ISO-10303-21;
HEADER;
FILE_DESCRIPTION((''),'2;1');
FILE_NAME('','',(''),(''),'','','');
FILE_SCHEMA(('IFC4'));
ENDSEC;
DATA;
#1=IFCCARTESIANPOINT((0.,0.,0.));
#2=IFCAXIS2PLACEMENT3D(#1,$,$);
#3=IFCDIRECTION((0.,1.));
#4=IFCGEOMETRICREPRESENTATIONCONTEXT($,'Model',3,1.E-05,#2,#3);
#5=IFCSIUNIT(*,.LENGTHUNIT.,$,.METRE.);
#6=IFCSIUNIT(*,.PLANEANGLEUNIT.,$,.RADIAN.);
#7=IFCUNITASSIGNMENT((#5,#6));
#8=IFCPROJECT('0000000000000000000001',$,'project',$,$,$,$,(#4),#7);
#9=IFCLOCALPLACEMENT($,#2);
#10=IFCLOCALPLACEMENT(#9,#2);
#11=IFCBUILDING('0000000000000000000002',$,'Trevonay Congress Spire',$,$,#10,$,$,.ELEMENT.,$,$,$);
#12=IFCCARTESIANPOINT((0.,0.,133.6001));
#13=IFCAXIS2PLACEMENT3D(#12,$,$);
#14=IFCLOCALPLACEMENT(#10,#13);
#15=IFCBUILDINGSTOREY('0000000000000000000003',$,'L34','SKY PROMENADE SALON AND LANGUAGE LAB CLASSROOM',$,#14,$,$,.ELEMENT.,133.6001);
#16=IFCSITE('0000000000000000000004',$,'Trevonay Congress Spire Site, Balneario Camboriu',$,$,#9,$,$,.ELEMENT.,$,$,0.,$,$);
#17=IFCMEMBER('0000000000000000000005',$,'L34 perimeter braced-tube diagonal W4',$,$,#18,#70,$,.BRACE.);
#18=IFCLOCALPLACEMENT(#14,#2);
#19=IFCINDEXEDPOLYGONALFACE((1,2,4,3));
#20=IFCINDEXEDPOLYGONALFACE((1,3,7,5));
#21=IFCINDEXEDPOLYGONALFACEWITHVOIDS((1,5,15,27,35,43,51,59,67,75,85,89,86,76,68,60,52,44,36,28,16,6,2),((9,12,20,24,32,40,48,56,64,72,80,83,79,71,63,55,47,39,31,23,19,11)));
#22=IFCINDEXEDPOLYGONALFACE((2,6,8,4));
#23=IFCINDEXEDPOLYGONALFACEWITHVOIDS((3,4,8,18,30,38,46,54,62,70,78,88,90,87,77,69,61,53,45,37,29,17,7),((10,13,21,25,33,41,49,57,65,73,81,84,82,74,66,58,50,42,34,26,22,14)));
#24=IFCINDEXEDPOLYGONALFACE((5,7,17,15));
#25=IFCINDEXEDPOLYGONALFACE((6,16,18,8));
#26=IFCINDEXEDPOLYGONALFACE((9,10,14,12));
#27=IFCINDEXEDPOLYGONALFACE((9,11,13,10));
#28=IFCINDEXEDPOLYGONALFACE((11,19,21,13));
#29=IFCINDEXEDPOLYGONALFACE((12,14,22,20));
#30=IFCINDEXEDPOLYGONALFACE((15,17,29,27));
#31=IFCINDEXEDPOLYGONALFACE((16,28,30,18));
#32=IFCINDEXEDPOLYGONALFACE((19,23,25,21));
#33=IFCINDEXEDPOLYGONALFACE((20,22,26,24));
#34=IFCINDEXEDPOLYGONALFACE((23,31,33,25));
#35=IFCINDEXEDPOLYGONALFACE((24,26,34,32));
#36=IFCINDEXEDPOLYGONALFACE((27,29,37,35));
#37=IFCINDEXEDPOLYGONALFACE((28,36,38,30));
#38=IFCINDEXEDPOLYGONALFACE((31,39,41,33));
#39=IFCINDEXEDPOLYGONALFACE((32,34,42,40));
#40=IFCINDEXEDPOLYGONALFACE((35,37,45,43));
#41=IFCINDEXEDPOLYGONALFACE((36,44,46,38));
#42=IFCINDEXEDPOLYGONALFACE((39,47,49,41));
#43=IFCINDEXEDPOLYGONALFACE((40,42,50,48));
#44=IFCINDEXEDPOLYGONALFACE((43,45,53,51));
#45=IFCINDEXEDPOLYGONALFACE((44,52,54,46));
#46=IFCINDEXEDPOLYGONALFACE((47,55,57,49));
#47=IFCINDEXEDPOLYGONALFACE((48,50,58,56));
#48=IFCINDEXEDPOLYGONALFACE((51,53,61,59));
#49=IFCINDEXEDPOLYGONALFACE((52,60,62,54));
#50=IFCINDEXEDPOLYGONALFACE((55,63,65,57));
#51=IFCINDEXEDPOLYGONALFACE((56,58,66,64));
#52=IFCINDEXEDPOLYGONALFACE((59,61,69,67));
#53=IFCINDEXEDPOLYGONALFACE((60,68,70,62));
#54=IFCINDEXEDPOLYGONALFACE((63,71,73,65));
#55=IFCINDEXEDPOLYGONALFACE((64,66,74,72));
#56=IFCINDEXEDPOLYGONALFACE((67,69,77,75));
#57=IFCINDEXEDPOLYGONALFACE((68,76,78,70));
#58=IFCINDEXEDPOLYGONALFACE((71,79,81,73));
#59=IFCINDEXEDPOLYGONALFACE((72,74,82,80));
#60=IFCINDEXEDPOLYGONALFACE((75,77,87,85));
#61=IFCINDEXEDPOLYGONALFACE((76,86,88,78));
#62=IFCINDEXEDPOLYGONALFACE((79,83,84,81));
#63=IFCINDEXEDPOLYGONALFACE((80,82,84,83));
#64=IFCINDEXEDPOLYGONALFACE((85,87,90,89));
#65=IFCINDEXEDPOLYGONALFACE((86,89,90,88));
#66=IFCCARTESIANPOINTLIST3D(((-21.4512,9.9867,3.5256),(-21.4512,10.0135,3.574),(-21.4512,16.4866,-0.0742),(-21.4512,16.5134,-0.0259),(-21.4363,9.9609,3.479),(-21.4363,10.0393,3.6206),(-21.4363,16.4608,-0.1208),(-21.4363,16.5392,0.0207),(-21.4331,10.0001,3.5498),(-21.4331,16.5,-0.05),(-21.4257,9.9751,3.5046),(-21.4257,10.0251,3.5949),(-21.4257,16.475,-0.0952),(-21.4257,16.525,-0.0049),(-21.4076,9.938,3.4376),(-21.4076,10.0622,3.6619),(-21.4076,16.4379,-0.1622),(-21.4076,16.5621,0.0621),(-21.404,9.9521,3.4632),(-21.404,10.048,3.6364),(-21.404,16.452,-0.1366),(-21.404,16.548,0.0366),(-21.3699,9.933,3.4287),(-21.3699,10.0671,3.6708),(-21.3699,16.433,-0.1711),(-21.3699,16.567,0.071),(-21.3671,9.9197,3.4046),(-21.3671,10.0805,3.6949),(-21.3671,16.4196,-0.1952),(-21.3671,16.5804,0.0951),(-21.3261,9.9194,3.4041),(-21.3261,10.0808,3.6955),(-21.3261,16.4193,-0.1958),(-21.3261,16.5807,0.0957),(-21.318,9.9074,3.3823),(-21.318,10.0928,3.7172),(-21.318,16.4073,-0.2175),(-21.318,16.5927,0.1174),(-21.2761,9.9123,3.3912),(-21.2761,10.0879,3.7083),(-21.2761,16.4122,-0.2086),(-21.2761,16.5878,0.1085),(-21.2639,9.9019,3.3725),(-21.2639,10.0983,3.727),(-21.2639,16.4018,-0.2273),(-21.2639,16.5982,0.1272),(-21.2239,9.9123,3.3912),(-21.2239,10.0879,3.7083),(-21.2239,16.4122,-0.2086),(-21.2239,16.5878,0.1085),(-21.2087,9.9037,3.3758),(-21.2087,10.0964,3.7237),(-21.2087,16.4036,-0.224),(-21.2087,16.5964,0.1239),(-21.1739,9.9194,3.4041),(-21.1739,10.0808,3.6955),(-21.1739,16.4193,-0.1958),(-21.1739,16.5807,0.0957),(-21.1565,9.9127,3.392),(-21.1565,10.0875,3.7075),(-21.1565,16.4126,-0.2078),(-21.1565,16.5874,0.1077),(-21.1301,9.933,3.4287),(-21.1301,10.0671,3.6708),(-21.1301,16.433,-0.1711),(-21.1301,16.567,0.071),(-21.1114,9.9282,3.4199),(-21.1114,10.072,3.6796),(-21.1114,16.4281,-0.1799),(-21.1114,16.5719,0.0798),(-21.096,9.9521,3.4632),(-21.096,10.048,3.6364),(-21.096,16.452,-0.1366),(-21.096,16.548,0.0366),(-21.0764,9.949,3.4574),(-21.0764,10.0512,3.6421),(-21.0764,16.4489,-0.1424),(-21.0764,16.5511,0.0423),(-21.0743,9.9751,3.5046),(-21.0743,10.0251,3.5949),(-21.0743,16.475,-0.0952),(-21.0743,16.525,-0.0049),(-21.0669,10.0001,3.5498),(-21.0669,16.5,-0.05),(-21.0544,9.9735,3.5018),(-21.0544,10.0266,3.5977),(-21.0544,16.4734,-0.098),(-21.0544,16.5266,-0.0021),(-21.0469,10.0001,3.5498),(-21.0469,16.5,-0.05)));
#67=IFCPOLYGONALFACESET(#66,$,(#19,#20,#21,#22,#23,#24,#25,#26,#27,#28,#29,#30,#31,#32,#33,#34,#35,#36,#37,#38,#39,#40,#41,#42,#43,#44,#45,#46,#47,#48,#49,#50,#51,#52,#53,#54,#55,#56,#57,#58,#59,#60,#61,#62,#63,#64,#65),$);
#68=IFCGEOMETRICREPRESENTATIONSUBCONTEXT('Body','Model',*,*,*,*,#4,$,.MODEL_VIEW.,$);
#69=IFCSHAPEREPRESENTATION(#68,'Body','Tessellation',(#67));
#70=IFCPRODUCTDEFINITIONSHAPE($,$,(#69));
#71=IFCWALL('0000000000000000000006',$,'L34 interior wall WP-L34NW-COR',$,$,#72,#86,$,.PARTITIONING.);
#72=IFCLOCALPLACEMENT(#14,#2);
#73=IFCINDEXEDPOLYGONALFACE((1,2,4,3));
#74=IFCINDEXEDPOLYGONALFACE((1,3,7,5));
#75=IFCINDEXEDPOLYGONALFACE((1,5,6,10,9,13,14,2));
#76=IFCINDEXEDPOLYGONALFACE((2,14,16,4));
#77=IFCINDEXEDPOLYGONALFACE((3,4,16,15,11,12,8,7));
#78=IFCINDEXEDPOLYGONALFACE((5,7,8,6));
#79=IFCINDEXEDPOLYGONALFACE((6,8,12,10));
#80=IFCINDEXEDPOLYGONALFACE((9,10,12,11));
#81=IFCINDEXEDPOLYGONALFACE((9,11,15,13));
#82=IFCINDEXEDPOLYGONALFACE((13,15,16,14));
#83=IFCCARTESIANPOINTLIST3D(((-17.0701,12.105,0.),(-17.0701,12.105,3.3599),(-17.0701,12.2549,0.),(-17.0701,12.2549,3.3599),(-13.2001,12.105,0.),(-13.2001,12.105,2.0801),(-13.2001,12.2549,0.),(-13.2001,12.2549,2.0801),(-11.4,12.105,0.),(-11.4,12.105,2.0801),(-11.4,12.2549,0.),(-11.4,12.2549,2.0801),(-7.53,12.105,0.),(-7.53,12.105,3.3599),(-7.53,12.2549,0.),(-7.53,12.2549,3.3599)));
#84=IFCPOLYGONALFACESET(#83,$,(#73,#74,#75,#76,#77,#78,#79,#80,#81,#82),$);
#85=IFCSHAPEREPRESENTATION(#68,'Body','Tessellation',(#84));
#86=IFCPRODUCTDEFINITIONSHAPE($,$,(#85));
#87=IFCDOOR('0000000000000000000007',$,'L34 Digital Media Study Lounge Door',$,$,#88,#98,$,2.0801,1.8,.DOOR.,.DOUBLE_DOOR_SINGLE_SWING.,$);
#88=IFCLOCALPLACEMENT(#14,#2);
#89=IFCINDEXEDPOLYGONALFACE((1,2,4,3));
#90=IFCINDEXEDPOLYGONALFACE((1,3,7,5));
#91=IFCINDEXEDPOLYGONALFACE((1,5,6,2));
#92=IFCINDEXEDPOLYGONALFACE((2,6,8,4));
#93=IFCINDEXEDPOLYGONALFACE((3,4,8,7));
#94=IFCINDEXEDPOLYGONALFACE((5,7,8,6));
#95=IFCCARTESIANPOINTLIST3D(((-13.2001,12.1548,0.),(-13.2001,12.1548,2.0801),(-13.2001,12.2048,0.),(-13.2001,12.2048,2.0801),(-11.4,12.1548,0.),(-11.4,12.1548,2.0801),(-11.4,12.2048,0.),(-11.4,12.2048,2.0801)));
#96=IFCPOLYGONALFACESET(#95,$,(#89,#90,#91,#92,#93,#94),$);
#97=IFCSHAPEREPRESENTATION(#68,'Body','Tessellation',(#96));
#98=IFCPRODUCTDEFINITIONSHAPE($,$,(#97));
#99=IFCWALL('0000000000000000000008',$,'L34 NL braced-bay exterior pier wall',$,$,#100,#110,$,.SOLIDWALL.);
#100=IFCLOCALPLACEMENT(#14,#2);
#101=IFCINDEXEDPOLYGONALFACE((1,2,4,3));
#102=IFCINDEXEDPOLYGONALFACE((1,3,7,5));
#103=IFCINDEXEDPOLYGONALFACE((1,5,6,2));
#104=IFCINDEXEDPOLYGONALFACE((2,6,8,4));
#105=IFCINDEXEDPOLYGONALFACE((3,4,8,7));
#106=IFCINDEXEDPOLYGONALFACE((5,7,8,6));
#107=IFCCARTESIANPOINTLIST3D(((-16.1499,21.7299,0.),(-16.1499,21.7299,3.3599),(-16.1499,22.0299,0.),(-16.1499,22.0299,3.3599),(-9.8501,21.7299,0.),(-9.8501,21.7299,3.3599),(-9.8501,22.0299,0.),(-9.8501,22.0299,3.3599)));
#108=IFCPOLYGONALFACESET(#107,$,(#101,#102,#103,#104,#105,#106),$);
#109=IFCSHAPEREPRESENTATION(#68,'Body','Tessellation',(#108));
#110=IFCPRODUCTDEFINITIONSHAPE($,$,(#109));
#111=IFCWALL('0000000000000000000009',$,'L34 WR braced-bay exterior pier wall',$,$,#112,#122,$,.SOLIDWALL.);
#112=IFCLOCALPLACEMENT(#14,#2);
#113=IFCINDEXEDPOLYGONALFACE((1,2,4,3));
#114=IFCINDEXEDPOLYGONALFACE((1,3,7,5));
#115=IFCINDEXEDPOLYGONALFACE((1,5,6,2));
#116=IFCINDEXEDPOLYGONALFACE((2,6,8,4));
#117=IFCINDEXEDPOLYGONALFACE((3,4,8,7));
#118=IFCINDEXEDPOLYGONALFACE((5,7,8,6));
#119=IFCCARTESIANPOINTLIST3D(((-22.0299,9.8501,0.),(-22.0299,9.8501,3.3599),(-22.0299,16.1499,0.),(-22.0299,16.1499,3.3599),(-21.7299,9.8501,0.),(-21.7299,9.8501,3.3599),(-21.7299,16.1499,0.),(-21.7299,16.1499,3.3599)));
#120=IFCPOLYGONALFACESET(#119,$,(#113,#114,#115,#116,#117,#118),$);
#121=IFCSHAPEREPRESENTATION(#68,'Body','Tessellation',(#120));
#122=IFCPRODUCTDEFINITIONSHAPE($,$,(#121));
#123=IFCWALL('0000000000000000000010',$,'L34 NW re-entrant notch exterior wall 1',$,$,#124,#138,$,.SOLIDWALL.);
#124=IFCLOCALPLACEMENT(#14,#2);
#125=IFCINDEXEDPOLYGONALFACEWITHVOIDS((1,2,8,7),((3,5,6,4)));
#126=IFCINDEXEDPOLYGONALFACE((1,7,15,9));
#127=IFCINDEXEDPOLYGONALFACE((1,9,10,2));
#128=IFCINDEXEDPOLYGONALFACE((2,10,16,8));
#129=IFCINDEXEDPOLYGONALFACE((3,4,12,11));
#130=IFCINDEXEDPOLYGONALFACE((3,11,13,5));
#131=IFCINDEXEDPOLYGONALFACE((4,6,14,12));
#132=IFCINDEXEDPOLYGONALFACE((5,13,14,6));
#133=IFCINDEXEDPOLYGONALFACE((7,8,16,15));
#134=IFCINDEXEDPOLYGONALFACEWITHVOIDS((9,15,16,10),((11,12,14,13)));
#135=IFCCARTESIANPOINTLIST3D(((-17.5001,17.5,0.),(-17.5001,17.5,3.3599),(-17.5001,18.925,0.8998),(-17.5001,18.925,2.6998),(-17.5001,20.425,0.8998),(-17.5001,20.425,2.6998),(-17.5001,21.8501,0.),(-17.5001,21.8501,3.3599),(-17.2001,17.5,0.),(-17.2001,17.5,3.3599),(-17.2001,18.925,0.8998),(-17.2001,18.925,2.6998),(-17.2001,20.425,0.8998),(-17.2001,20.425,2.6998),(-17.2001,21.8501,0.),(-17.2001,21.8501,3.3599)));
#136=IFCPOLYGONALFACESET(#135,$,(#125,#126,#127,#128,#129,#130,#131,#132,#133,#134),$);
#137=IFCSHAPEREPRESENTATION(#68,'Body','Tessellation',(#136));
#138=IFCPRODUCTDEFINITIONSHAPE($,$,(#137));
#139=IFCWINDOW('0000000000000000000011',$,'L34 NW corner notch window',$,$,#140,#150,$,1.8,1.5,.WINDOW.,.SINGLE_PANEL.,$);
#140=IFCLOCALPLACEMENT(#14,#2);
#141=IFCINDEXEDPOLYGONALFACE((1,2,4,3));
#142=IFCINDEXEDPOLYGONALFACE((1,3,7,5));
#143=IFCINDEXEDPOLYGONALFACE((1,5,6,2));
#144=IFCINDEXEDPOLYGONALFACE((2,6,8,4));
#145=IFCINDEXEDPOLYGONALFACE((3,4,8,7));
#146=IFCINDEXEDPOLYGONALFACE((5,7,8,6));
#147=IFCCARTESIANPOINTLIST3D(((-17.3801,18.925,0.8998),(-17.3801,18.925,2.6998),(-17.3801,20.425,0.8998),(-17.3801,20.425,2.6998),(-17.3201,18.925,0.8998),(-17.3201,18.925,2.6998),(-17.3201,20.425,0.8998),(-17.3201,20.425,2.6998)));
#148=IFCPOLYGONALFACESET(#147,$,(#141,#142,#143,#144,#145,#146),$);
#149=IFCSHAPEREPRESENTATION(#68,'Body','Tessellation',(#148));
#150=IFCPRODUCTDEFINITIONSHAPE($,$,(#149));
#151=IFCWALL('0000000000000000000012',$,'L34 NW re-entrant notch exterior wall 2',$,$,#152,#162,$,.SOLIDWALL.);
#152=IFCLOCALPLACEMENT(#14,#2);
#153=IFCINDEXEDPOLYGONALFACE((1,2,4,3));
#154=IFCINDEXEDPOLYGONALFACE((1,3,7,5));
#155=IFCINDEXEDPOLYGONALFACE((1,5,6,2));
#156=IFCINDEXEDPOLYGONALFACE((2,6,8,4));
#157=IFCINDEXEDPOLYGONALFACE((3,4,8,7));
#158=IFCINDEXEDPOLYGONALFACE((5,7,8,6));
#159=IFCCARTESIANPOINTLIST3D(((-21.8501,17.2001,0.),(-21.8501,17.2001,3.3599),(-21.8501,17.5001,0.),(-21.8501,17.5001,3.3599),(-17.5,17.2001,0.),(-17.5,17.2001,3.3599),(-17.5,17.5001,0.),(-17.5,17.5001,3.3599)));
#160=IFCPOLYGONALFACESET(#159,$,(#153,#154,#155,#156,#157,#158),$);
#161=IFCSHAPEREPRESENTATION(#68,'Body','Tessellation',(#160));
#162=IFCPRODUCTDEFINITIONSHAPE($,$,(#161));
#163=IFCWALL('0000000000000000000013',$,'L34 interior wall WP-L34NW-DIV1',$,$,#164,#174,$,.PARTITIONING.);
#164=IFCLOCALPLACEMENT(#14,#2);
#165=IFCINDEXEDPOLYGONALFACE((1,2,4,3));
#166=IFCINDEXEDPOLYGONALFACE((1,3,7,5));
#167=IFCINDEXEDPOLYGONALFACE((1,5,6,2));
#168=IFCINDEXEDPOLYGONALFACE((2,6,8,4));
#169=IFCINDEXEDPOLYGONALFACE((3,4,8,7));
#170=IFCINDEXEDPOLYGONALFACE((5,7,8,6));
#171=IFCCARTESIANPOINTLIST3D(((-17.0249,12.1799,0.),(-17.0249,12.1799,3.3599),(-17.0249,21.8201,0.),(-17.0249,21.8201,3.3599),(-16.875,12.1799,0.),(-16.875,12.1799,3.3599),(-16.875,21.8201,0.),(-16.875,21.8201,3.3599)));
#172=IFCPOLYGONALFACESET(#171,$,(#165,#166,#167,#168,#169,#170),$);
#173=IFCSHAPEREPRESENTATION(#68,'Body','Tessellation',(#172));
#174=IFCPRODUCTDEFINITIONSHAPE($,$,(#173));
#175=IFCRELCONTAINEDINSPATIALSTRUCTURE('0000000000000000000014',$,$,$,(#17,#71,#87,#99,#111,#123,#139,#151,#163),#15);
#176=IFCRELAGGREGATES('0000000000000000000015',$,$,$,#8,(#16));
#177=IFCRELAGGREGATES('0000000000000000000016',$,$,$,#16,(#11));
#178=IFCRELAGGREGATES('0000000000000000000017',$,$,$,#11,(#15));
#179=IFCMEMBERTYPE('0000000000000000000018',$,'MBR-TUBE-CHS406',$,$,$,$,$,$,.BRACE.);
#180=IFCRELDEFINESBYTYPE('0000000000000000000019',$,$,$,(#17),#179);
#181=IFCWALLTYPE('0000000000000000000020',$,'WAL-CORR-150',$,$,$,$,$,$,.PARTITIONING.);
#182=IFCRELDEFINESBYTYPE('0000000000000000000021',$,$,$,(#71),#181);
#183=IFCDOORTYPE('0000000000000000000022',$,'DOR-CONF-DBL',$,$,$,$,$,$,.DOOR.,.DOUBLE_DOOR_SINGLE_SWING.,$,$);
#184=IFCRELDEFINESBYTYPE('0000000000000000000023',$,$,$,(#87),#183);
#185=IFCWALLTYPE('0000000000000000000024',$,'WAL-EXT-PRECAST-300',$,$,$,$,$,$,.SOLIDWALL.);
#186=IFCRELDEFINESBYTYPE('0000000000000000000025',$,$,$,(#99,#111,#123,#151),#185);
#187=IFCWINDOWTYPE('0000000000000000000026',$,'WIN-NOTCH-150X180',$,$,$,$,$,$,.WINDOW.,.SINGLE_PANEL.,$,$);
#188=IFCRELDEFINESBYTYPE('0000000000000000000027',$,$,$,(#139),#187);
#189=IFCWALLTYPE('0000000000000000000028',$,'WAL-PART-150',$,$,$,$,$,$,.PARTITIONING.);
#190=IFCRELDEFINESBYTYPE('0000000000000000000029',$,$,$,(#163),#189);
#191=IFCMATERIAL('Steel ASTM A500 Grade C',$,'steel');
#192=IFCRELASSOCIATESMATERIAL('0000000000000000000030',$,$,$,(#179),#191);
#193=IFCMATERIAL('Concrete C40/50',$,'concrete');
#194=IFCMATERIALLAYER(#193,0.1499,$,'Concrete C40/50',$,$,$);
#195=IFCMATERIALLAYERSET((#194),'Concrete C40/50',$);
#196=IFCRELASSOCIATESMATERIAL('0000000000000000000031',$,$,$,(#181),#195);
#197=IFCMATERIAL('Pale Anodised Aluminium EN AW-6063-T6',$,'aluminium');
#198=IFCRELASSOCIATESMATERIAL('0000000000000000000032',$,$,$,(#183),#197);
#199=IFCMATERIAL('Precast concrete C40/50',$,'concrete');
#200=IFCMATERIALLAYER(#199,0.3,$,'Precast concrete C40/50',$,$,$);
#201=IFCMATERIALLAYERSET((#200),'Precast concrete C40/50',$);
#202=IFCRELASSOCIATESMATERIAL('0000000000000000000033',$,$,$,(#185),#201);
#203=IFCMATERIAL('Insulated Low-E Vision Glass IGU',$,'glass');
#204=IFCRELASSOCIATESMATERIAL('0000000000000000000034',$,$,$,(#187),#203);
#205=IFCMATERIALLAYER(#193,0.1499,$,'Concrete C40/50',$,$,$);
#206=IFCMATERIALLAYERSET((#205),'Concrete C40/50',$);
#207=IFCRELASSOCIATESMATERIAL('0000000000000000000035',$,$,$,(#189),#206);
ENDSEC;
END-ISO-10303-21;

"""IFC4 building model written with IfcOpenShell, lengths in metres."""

from ifc_helpers import new_model, si_unit, direction, frame, frame_2d, origin, origin_2d, place, context, subcontext, project, spatial, rectangle, hollow_circle, extrude, material, layer, layer_set, material_profile, profile_set, type_object, element, fill, save


model = new_model("IFC4")

# Units and contexts
model_context = context("Model", 3, precision=1e-05, world=origin(), true_north=direction((0.0, 1.0)))
body_context = subcontext(model_context, "Body", "Model", "MODEL_VIEW")
ifc_project = project(units=[si_unit("LENGTHUNIT", "METRE"), si_unit("PLANEANGLEUNIT", "RADIAN")], contexts=[model_context])

# Site, building, storey
site_placement = place(None, origin())
site = spatial("IfcSite", under=ifc_project, at=site_placement, Name="Trevonay Congress Spire Site, Balneario Camboriu", CompositionType="ELEMENT", RefElevation=0.0)
building_placement = place(site_placement, origin())
building = spatial("IfcBuilding", under=site, at=building_placement, Name="Trevonay Congress Spire", CompositionType="ELEMENT")
storey_placement = place(building_placement, frame((0.0, 0.0, 133.6001)))
storey = spatial("IfcBuildingStorey", under=building, at=storey_placement, Name="L34", Description="SKY PROMENADE SALON AND LANGUAGE LAB CLASSROOM", CompositionType="ELEMENT", Elevation=133.6001)

# Shared definitions
ifc_material_1 = material(Name="Pale Anodised Aluminium EN AW-6063-T6", Category="aluminium")

# Member
ifc_material_2 = material(Name="Steel ASTM A500 Grade C", Category="steel")
ifc_material_profile_1 = material_profile(ifc_material_2, hollow_circle(Radius=0.2031, WallThickness=0.02, at=origin_2d()), Name="CHS 406.4x20")
ifc_profile_set_1 = profile_set([ifc_material_profile_1], Name="Steel ASTM A500 Grade C")
member_type_1 = type_object("IfcMemberType", Name="MBR-TUBE-CHS406", PredefinedType="BRACE", material=ifc_profile_set_1)
for number, where, z_axis, x_axis, name in (
    (1, (-21.25, 16.5, -0.05), (0.0, -0.8748, 0.484485), (1.0, 0.0, 0.0), "L34 perimeter braced-tube diagonal W4"),
):
    element("IfcMember", number, at=place(storey_placement, frame(where, z_axis=z_axis, x_axis=x_axis)), inside=storey, type_object=member_type_1, Name=name, PredefinedType="BRACE", context=body_context, shape_type="SweptSolid", body=[
        extrude(hollow_circle(Radius=0.2031, WallThickness=0.02, at=origin_2d()), origin(), (0.0, 0.0, 1.0), 7.4302),
    ])

# Wall, opening, door
ifc_material_3 = material(Name="Concrete C40/50", Category="concrete")
ifc_layer_1 = layer(ifc_material_3, 0.1499, Name="Concrete C40/50")
ifc_layer_set_1 = layer_set([ifc_layer_1], Name="Concrete C40/50")
wall_type_1 = type_object("IfcWallType", Name="WAL-CORR-150", PredefinedType="PARTITIONING", material=ifc_layer_set_1)
wall_1_placement = place(storey_placement, frame((-17.0701, 12.1799, 0.0), z_axis=(0.0, 0.0, 1.0), x_axis=(1.0, 0.0, 0.0)))
wall_1 = element("IfcWall", 2, at=wall_1_placement, inside=storey, type_object=wall_type_1, Name="L34 interior wall WP-L34NW-COR", PredefinedType="PARTITIONING", context=body_context, shape_type="SweptSolid", body=[
    extrude(rectangle(XDim=9.54, YDim=0.1499, at=frame_2d((4.77, 0.0))), origin(), (0.0, 0.0, 1.0), 3.3599),
])
opening_1_placement = place(wall_1_placement, frame((3.8701, 0.0, 0.0)))
opening_1 = element("IfcOpeningElement", 3, at=opening_1_placement, cuts=wall_1, PredefinedType="OPENING", context=body_context, shape_type="SweptSolid", body=[
    extrude(rectangle(XDim=1.8, YDim=2.0801, at=frame_2d((0.8999, 1.04))), frame((0.0, 0.085, 0.0), z_axis=(0.0, -1.0, 0.0), x_axis=(1.0, 0.0, 0.0)), (0.0, 0.0, 1.0), 0.1699),
])
door_type = type_object("IfcDoorType", Name="DOR-CONF-DBL", OperationType="DOUBLE_DOOR_SINGLE_SWING", PredefinedType="DOOR", material=ifc_material_1)
door_placement = place(opening_1_placement, origin())
door = element("IfcDoor", 4, at=door_placement, inside=storey, type_object=door_type, Name="L34 Digital Media Study Lounge Door", OperationType="DOUBLE_DOOR_SINGLE_SWING", OverallHeight=2.0801, OverallWidth=1.8, PredefinedType="DOOR", context=body_context, shape_type="SweptSolid", body=[
    extrude(rectangle(XDim=1.8, YDim=2.0801, at=frame_2d((0.8999, 1.04))), frame((0.0, 0.0249, 0.0), z_axis=(0.0, -1.0, 0.0), x_axis=(1.0, 0.0, 0.0)), (0.0, 0.0, 1.0), 0.05),
])
fill(opening_1, door)

# Walls
ifc_material_4 = material(Name="Precast concrete C40/50", Category="concrete")
ifc_layer_2 = layer(ifc_material_4, 0.3, Name="Precast concrete C40/50")
ifc_layer_set_2 = layer_set([ifc_layer_2], Name="Precast concrete C40/50")
wall_type_2 = type_object("IfcWallType", Name="WAL-EXT-PRECAST-300", PredefinedType="SOLIDWALL", material=ifc_layer_set_2)
for number, where, z_axis, x_axis, name in (
    (5, (-16.1499, 21.8799, 0.0), (0.0, 0.0, 1.0), (1.0, 0.0, 0.0), "L34 NL braced-bay exterior pier wall"),
    (6, (-21.8799, 9.8501, 0.0), (0.0, 0.0, 1.0), (0.0, 1.0, 0.0), "L34 WR braced-bay exterior pier wall"),
):
    element("IfcWall", number, at=place(storey_placement, frame(where, z_axis=z_axis, x_axis=x_axis)), inside=storey, type_object=wall_type_2, Name=name, PredefinedType="SOLIDWALL", context=body_context, shape_type="SweptSolid", body=[
        extrude(rectangle(XDim=6.2998, YDim=0.3, at=frame_2d((3.1499, 0.0))), origin(), (0.0, 0.0, 1.0), 3.3599),
    ])

# Wall, opening, window
wall_2_placement = place(storey_placement, frame((-17.3501, 21.8501, 0.0), z_axis=(0.0, 0.0, 1.0), x_axis=(0.0, -1.0, 0.0)))
wall_2 = element("IfcWall", 7, at=wall_2_placement, inside=storey, type_object=wall_type_2, Name="L34 NW re-entrant notch exterior wall 1", PredefinedType="SOLIDWALL", context=body_context, shape_type="SweptSolid", body=[
    extrude(rectangle(XDim=4.3501, YDim=0.3, at=frame_2d((2.175, 0.0))), origin(), (0.0, 0.0, 1.0), 3.3599),
])
opening_2_placement = place(wall_2_placement, frame((1.425, 0.0, 0.8999)))
opening_2 = element("IfcOpeningElement", 8, at=opening_2_placement, cuts=wall_2, PredefinedType="OPENING", context=body_context, shape_type="SweptSolid", body=[
    extrude(rectangle(XDim=1.5, YDim=1.8, at=frame_2d((0.75, 0.8999))), frame((0.0, 0.1602, 0.0), z_axis=(0.0, -1.0, 0.0), x_axis=(1.0, 0.0, 0.0)), (0.0, 0.0, 1.0), 0.3201),
])
ifc_material_5 = material(Name="Insulated Low-E Vision Glass IGU", Category="glass")
window_type = type_object("IfcWindowType", Name="WIN-NOTCH-150X180", PartitioningType="SINGLE_PANEL", PredefinedType="WINDOW", material=ifc_material_5)
window_placement = place(opening_2_placement, origin())
window = element("IfcWindow", 9, at=window_placement, inside=storey, type_object=window_type, Name="L34 NW corner notch window", OverallHeight=1.8, OverallWidth=1.5, PartitioningType="SINGLE_PANEL", PredefinedType="WINDOW", context=body_context, shape_type="SweptSolid", body=[
    extrude(rectangle(XDim=1.5, YDim=1.8, at=frame_2d((0.75, 0.8999))), frame((0.0, 0.03, 0.0), z_axis=(0.0, -1.0, 0.0), x_axis=(1.0, 0.0, 0.0)), (0.0, 0.0, 1.0), 0.0601),
])
fill(opening_2, window)

# Walls
wall_3_placement = place(storey_placement, frame((-21.8501, 17.3501, 0.0), z_axis=(0.0, 0.0, 1.0), x_axis=(1.0, 0.0, 0.0)))
element("IfcWall", 10, at=wall_3_placement, inside=storey, type_object=wall_type_2, Name="L34 NW re-entrant notch exterior wall 2", PredefinedType="SOLIDWALL", context=body_context, shape_type="SweptSolid", body=[
    extrude(rectangle(XDim=4.3501, YDim=0.3, at=frame_2d((2.175, 0.0))), origin(), (0.0, 0.0, 1.0), 3.3599),
])
ifc_layer_3 = layer(ifc_material_3, 0.1499, Name="Concrete C40/50")
ifc_layer_set_3 = layer_set([ifc_layer_3], Name="Concrete C40/50")
wall_type_3 = type_object("IfcWallType", Name="WAL-PART-150", PredefinedType="PARTITIONING", material=ifc_layer_set_3)
wall_4_placement = place(storey_placement, frame((-16.95, 12.1799, 0.0), z_axis=(0.0, 0.0, 1.0), x_axis=(0.0, 1.0, 0.0)))
element("IfcWall", 11, at=wall_4_placement, inside=storey, type_object=wall_type_3, Name="L34 interior wall WP-L34NW-DIV1", PredefinedType="PARTITIONING", context=body_context, shape_type="SweptSolid", body=[
    extrude(rectangle(XDim=9.6401, YDim=0.1499, at=frame_2d((4.8201, 0.0))), origin(), (0.0, 0.0, 1.0), 3.3599),
])

save(model, "model.ifc")
